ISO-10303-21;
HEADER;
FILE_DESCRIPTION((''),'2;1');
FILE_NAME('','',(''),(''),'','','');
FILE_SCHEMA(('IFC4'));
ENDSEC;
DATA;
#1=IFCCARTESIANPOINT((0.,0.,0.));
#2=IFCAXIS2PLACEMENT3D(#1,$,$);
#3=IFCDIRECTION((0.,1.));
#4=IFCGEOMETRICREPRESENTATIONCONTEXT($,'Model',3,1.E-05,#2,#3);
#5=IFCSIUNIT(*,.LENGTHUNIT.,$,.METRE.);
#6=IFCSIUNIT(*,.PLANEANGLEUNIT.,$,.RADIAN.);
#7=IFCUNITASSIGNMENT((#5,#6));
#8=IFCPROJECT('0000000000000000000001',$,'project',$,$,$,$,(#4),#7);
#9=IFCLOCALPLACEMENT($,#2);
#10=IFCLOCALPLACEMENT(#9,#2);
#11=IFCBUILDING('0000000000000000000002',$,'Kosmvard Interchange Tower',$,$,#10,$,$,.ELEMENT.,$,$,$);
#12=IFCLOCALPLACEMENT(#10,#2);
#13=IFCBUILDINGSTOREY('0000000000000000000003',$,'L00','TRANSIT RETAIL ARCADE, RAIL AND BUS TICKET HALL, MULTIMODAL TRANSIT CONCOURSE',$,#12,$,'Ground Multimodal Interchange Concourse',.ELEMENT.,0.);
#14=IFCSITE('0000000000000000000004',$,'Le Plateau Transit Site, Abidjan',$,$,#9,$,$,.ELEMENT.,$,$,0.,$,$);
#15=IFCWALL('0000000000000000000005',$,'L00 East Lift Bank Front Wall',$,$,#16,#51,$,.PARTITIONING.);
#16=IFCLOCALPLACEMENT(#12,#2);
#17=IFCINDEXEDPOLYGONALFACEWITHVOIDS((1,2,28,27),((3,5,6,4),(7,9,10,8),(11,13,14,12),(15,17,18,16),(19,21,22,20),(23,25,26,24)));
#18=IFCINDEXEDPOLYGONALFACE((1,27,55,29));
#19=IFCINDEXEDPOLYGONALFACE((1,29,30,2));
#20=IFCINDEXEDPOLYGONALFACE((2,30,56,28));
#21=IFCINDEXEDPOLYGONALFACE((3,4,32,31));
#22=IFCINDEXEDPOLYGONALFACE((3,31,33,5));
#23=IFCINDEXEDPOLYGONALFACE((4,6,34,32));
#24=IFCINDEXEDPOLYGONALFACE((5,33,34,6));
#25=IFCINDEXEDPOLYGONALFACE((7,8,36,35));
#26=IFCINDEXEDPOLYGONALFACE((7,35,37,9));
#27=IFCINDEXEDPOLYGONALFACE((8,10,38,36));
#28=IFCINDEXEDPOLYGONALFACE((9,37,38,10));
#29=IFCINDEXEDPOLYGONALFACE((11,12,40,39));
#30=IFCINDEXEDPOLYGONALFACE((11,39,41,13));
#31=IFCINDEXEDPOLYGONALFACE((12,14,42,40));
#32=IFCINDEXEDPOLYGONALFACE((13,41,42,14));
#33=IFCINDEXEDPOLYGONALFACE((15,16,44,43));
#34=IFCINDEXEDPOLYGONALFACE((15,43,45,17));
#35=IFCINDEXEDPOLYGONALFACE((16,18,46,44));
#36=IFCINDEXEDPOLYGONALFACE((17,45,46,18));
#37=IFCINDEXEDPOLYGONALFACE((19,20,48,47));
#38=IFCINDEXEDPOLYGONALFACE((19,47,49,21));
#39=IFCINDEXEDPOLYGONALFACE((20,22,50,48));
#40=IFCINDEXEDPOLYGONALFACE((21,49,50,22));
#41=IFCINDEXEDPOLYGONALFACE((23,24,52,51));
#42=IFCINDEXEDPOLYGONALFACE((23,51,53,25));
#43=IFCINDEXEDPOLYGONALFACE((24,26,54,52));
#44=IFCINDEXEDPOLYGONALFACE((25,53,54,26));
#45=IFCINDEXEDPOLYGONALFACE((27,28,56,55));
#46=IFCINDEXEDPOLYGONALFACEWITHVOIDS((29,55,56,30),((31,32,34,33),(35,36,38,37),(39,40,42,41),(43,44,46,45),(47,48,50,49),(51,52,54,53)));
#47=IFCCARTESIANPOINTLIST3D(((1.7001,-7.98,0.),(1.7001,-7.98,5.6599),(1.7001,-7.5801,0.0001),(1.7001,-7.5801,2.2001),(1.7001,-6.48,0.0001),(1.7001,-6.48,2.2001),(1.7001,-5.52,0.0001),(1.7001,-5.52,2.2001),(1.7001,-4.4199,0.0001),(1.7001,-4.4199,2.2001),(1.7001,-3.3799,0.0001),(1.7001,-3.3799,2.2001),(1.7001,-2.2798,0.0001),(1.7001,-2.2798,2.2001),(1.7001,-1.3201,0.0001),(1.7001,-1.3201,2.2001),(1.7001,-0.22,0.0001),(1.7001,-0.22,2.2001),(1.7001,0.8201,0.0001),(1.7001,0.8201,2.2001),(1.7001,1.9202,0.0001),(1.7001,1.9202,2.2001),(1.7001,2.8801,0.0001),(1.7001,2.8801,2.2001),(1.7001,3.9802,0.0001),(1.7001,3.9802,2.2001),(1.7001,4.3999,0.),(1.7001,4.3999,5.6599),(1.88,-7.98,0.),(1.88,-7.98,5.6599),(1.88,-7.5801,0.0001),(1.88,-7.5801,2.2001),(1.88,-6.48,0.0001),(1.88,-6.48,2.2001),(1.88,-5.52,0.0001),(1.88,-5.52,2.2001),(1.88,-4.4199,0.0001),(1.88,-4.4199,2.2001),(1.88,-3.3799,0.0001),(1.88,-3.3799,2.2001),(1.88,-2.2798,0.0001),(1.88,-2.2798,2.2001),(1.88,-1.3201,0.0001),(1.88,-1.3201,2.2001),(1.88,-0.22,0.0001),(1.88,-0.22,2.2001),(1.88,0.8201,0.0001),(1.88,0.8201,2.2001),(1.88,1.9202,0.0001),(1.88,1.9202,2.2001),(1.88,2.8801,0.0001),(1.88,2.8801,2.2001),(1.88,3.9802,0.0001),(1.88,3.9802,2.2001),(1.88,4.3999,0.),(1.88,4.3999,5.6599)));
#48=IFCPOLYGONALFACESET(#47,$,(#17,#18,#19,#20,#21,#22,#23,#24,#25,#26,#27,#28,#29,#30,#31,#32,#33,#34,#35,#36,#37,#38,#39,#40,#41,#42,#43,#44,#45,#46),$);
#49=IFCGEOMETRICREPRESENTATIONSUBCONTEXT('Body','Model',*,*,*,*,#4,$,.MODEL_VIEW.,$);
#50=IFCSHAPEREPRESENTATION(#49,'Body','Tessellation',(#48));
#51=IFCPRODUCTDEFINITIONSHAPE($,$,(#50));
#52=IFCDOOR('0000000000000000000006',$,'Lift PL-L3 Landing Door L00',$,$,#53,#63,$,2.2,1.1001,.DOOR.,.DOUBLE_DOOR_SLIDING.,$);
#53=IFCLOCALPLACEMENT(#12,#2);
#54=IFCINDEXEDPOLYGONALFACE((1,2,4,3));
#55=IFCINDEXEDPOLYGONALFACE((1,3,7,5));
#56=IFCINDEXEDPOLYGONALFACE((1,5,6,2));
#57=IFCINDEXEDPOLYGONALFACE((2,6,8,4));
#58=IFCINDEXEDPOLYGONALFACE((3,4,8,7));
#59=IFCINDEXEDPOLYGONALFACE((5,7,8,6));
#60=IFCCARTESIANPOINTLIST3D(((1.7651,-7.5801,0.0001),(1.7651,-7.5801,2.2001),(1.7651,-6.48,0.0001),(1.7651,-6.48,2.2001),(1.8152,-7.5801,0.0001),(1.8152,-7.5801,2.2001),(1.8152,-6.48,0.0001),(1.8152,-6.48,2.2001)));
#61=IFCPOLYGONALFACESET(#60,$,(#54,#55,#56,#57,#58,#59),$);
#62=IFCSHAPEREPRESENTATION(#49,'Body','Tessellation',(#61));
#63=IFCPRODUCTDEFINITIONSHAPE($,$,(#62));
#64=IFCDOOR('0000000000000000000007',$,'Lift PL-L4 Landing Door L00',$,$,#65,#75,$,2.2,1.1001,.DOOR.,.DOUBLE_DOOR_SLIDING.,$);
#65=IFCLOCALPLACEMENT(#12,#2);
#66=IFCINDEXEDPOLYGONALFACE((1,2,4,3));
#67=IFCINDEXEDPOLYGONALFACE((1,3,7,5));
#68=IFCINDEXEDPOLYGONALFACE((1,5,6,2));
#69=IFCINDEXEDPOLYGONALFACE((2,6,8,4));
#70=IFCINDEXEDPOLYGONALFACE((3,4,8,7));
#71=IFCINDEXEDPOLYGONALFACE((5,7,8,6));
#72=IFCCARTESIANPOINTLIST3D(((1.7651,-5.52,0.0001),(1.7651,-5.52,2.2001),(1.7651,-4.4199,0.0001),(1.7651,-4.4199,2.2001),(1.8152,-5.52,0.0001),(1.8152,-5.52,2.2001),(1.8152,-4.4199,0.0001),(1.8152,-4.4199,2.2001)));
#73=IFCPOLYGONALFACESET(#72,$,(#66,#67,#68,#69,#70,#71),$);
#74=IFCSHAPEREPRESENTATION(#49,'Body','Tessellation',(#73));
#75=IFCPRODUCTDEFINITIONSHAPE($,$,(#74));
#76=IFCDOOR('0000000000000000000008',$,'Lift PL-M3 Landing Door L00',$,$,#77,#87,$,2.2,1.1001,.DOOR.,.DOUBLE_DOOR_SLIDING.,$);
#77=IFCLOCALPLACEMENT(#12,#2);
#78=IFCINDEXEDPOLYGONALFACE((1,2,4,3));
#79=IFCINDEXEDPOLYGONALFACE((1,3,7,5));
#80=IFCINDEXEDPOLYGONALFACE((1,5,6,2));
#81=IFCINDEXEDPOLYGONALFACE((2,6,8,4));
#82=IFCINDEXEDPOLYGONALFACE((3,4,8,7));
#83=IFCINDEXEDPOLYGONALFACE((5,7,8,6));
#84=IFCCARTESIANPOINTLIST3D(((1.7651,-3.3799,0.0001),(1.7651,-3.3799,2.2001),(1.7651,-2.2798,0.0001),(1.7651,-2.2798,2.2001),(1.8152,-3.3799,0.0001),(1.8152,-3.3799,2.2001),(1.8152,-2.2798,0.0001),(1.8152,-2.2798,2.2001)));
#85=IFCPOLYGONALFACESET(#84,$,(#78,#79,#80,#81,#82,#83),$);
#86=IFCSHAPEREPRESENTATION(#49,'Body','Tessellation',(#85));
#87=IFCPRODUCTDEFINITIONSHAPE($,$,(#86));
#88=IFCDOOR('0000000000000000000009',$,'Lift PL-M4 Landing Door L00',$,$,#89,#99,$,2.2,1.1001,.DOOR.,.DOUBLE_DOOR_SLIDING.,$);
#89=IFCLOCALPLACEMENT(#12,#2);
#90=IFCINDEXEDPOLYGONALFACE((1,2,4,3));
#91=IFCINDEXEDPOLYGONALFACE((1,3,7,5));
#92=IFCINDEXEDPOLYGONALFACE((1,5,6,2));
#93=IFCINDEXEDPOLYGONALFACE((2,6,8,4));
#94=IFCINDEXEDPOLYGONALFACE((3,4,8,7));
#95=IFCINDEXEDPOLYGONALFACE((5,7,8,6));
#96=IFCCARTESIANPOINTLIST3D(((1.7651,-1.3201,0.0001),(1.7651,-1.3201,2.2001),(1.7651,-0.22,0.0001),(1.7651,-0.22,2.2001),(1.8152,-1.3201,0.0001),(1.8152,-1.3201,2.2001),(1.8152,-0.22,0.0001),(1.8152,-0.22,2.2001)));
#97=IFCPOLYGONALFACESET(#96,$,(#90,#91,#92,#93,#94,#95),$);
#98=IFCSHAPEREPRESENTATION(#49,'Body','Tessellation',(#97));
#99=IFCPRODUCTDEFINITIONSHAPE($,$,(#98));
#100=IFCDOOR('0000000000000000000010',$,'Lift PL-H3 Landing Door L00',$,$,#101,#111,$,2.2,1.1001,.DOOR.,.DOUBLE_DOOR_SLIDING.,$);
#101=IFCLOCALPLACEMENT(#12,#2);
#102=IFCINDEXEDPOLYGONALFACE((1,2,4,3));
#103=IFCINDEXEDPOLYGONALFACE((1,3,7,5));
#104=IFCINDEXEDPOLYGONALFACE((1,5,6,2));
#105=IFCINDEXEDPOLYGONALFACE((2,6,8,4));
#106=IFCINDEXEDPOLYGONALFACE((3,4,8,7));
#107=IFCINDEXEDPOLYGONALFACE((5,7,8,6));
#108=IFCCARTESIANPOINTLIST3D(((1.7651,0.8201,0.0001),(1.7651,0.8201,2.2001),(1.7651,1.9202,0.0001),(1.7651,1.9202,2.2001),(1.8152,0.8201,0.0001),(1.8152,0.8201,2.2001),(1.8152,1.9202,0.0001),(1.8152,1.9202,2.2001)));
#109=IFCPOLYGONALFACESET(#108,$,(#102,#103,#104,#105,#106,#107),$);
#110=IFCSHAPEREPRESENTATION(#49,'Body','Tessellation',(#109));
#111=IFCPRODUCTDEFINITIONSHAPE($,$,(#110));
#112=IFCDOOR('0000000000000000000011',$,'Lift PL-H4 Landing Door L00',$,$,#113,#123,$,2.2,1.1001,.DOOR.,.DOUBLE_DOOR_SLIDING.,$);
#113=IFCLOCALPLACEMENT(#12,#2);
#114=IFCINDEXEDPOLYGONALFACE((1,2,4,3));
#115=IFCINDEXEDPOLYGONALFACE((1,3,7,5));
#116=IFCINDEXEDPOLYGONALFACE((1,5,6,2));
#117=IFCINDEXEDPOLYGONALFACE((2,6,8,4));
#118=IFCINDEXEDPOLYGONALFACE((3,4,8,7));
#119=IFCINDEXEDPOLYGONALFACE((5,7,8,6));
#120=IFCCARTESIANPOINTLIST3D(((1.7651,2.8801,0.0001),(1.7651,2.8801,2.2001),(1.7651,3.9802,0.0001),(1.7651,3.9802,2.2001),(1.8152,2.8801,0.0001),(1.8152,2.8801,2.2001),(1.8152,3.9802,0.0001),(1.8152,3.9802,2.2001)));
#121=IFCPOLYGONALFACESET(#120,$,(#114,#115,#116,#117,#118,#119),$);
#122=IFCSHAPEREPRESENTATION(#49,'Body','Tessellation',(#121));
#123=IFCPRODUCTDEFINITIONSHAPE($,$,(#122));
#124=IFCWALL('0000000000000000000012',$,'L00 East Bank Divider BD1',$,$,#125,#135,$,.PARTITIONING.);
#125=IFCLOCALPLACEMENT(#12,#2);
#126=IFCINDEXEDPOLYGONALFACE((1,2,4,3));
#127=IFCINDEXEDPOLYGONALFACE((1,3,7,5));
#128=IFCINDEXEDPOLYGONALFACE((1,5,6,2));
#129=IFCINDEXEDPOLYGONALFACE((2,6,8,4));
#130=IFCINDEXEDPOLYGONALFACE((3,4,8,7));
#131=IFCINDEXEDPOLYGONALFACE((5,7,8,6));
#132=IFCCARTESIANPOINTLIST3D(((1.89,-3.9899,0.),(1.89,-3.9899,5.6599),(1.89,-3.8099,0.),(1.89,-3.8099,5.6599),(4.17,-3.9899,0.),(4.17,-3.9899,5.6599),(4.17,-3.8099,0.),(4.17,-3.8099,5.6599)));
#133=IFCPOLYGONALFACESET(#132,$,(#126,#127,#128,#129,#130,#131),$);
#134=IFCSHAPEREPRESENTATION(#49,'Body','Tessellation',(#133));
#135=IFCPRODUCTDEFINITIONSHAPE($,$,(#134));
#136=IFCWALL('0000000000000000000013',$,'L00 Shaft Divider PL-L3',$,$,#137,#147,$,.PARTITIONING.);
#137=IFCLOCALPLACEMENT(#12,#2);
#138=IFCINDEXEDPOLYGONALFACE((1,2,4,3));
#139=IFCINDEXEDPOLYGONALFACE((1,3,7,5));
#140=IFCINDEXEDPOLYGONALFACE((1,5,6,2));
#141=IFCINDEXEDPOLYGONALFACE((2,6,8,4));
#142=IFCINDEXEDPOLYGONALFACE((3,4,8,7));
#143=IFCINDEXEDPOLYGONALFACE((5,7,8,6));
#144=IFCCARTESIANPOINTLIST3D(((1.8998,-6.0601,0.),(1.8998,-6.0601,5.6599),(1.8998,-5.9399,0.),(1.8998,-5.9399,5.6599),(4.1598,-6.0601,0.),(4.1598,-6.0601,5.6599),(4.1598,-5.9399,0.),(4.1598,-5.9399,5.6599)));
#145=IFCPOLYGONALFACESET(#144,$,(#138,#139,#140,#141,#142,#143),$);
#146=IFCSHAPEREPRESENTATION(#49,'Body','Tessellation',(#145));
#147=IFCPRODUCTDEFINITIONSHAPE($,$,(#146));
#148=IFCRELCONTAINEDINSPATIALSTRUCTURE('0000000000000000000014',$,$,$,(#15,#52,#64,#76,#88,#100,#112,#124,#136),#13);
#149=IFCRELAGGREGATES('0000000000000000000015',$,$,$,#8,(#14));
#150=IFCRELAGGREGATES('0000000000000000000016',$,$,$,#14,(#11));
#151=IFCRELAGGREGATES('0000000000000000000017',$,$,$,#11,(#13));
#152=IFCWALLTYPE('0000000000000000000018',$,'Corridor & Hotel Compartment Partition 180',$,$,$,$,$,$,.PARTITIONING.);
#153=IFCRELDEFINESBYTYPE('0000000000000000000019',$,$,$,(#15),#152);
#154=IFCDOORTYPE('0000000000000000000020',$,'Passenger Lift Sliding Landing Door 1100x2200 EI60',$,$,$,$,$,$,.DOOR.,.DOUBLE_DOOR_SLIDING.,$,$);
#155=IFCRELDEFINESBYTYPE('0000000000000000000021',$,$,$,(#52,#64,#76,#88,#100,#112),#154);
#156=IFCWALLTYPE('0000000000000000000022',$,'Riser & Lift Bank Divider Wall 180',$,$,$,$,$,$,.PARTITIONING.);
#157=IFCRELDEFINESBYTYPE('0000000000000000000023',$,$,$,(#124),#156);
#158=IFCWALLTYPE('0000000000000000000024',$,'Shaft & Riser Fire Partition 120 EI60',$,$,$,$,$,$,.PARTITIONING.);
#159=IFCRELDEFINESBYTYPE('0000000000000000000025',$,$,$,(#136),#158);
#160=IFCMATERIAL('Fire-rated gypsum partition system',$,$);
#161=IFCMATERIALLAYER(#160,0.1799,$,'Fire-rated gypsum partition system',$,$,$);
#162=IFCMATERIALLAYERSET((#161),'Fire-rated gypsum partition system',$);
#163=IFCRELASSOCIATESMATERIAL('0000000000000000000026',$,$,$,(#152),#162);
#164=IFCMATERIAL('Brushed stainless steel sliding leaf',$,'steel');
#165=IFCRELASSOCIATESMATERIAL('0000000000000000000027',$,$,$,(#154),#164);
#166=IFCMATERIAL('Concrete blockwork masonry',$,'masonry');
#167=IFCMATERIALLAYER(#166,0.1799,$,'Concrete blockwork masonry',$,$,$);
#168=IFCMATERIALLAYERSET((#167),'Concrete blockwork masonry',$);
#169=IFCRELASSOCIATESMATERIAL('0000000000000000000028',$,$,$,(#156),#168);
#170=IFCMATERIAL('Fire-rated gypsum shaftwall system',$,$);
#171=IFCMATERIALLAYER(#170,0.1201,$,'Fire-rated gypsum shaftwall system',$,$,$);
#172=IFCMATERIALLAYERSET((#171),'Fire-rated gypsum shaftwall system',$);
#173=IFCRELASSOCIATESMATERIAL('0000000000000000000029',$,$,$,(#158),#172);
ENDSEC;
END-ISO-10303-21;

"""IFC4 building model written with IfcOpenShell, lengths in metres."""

from ifc_helpers import new_model, si_unit, direction, frame, frame_2d, origin, place, context, subcontext, project, spatial, rectangle, extrude, source, transform, mapped, material, layer, layer_set, type_object, element, fill, save


model = new_model("IFC4")

# Units and contexts
model_context = context("Model", 3, precision=1e-05, world=origin(), true_north=direction((0.0, 1.0)))
body_context = subcontext(model_context, "Body", "Model", "MODEL_VIEW")
ifc_project = project(units=[si_unit("LENGTHUNIT", "METRE"), si_unit("PLANEANGLEUNIT", "RADIAN")], contexts=[model_context])

# Site, building, storey
site_placement = place(None, origin())
site = spatial("IfcSite", under=ifc_project, at=site_placement, Name="Le Plateau Transit Site, Abidjan", CompositionType="ELEMENT", RefElevation=0.0)
building_placement = place(site_placement, origin())
building = spatial("IfcBuilding", under=site, at=building_placement, Name="Kosmvard Interchange Tower", CompositionType="ELEMENT")
storey_placement = place(building_placement, origin())
storey = spatial("IfcBuildingStorey", under=building, at=storey_placement, Name="L00", Description="TRANSIT RETAIL ARCADE, RAIL AND BUS TICKET HALL, MULTIMODAL TRANSIT CONCOURSE", LongName="Ground Multimodal Interchange Concourse", CompositionType="ELEMENT", Elevation=0.0)

# Wall, openings, doors
ifc_material_1 = material(Name="Fire-rated gypsum partition system")
ifc_layer_1 = layer(ifc_material_1, 0.1799, Name="Fire-rated gypsum partition system")
ifc_layer_set_1 = layer_set([ifc_layer_1], Name="Fire-rated gypsum partition system")
wall_type_1 = type_object("IfcWallType", Name="Corridor & Hotel Compartment Partition 180", PredefinedType="PARTITIONING", material=ifc_layer_set_1)
wall_1_placement = place(storey_placement, frame((1.79, -7.98, 0.0), z_axis=(0.0, 0.0, 1.0), x_axis=(0.0, 1.0, 0.0)))
wall_1 = element("IfcWall", 1, at=wall_1_placement, inside=storey, type_object=wall_type_1, Name="L00 East Lift Bank Front Wall", PredefinedType="PARTITIONING", context=body_context, shape_type="SweptSolid", body=[
    extrude(rectangle(XDim=12.3799, YDim=0.1799, at=frame_2d((6.1899, 0.0))), origin(), (0.0, 0.0, 1.0), 5.6599),
])
opening_1_placement = place(wall_1_placement, frame((0.3999, 0.0, 0.0)))
opening_1 = element("IfcOpeningElement", 2, at=opening_1_placement, cuts=wall_1, PredefinedType="OPENING", context=body_context, shape_type="SweptSolid", body=[
    extrude(rectangle(XDim=1.1001, YDim=2.2, at=frame_2d((0.55, 1.1001))), frame((0.0, 0.1001, 0.0), z_axis=(0.0, -1.0, 0.0), x_axis=(1.0, 0.0, 0.0)), (0.0, 0.0, 1.0), 0.2),
])
opening_2_placement = place(wall_1_placement, frame((2.46, 0.0, 0.0)))
opening_2 = element("IfcOpeningElement", 3, at=opening_2_placement, cuts=wall_1, PredefinedType="OPENING", context=body_context, shape_type="SweptSolid", body=[
    extrude(rectangle(XDim=1.1001, YDim=2.2, at=frame_2d((0.55, 1.1001))), frame((0.0, 0.1001, 0.0), z_axis=(0.0, -1.0, 0.0), x_axis=(1.0, 0.0, 0.0)), (0.0, 0.0, 1.0), 0.2),
])
opening_3_placement = place(wall_1_placement, frame((4.6001, 0.0, 0.0)))
opening_3 = element("IfcOpeningElement", 4, at=opening_3_placement, cuts=wall_1, PredefinedType="OPENING", context=body_context, shape_type="SweptSolid", body=[
    extrude(rectangle(XDim=1.1001, YDim=2.2, at=frame_2d((0.55, 1.1001))), frame((0.0, 0.1001, 0.0), z_axis=(0.0, -1.0, 0.0), x_axis=(1.0, 0.0, 0.0)), (0.0, 0.0, 1.0), 0.2),
])
opening_4_placement = place(wall_1_placement, frame((6.6599, 0.0, 0.0)))
opening_4 = element("IfcOpeningElement", 5, at=opening_4_placement, cuts=wall_1, PredefinedType="OPENING", context=body_context, shape_type="SweptSolid", body=[
    extrude(rectangle(XDim=1.1001, YDim=2.2, at=frame_2d((0.55, 1.1001))), frame((0.0, 0.1001, 0.0), z_axis=(0.0, -1.0, 0.0), x_axis=(1.0, 0.0, 0.0)), (0.0, 0.0, 1.0), 0.2),
])
opening_5_placement = place(wall_1_placement, frame((8.8, 0.0, 0.0)))
opening_5 = element("IfcOpeningElement", 6, at=opening_5_placement, cuts=wall_1, PredefinedType="OPENING", context=body_context, shape_type="SweptSolid", body=[
    extrude(rectangle(XDim=1.1001, YDim=2.2, at=frame_2d((0.55, 1.1001))), frame((0.0, 0.1001, 0.0), z_axis=(0.0, -1.0, 0.0), x_axis=(1.0, 0.0, 0.0)), (0.0, 0.0, 1.0), 0.2),
])
opening_6_placement = place(wall_1_placement, frame((10.8601, 0.0, 0.0)))
opening_6 = element("IfcOpeningElement", 7, at=opening_6_placement, cuts=wall_1, PredefinedType="OPENING", context=body_context, shape_type="SweptSolid", body=[
    extrude(rectangle(XDim=1.1001, YDim=2.2, at=frame_2d((0.55, 1.1001))), frame((0.0, 0.1001, 0.0), z_axis=(0.0, -1.0, 0.0), x_axis=(1.0, 0.0, 0.0)), (0.0, 0.0, 1.0), 0.2),
])
ifc_material_2 = material(Name="Brushed stainless steel sliding leaf", Category="steel")
door_type = type_object("IfcDoorType", Name="Passenger Lift Sliding Landing Door 1100x2200 EI60", OperationType="DOUBLE_DOOR_SLIDING", PredefinedType="DOOR", material=ifc_material_2)
shared_shape = source(origin(), body_context, "Body", "SweptSolid", [
    extrude(rectangle(XDim=1.1001, YDim=2.2, at=frame_2d((0.55, 1.1001))), frame((0.0, 0.0249, 0.0), z_axis=(0.0, -1.0, 0.0), x_axis=(1.0, 0.0, 0.0)), (0.0, 0.0, 1.0), 0.05),
])
door_1_placement = place(opening_1_placement, origin())
door_1 = element("IfcDoor", 8, at=door_1_placement, inside=storey, type_object=door_type, Name="Lift PL-L3 Landing Door L00", OperationType="DOUBLE_DOOR_SLIDING", OverallHeight=2.2, OverallWidth=1.1001, PredefinedType="DOOR", context=body_context, shape_type="MappedRepresentation", body=[
    mapped(shared_shape, transform((0.0, 0.0, 0.0), scale=1.0)),
])
fill(opening_1, door_1)
door_2_placement = place(opening_2_placement, origin())
door_2 = element("IfcDoor", 9, at=door_2_placement, inside=storey, type_object=door_type, Name="Lift PL-L4 Landing Door L00", OperationType="DOUBLE_DOOR_SLIDING", OverallHeight=2.2, OverallWidth=1.1001, PredefinedType="DOOR", context=body_context, shape_type="MappedRepresentation", body=[
    mapped(shared_shape, transform((0.0, 0.0, 0.0), scale=1.0)),
])
fill(opening_2, door_2)
door_3_placement = place(opening_3_placement, origin())
door_3 = element("IfcDoor", 10, at=door_3_placement, inside=storey, type_object=door_type, Name="Lift PL-M3 Landing Door L00", OperationType="DOUBLE_DOOR_SLIDING", OverallHeight=2.2, OverallWidth=1.1001, PredefinedType="DOOR", context=body_context, shape_type="MappedRepresentation", body=[
    mapped(shared_shape, transform((0.0, 0.0, 0.0), scale=1.0)),
])
fill(opening_3, door_3)
door_4_placement = place(opening_4_placement, origin())
door_4 = element("IfcDoor", 11, at=door_4_placement, inside=storey, type_object=door_type, Name="Lift PL-M4 Landing Door L00", OperationType="DOUBLE_DOOR_SLIDING", OverallHeight=2.2, OverallWidth=1.1001, PredefinedType="DOOR", context=body_context, shape_type="MappedRepresentation", body=[
    mapped(shared_shape, transform((0.0, 0.0, 0.0), scale=1.0)),
])
fill(opening_4, door_4)
door_5_placement = place(opening_5_placement, origin())
door_5 = element("IfcDoor", 12, at=door_5_placement, inside=storey, type_object=door_type, Name="Lift PL-H3 Landing Door L00", OperationType="DOUBLE_DOOR_SLIDING", OverallHeight=2.2, OverallWidth=1.1001, PredefinedType="DOOR", context=body_context, shape_type="MappedRepresentation", body=[
    mapped(shared_shape, transform((0.0, 0.0, 0.0), scale=1.0)),
])
fill(opening_5, door_5)
door_6_placement = place(opening_6_placement, origin())
door_6 = element("IfcDoor", 13, at=door_6_placement, inside=storey, type_object=door_type, Name="Lift PL-H4 Landing Door L00", OperationType="DOUBLE_DOOR_SLIDING", OverallHeight=2.2, OverallWidth=1.1001, PredefinedType="DOOR", context=body_context, shape_type="MappedRepresentation", body=[
    mapped(shared_shape, transform((0.0, 0.0, 0.0), scale=1.0)),
])
fill(opening_6, door_6)

# Walls
ifc_material_3 = material(Name="Concrete blockwork masonry", Category="masonry")
ifc_layer_2 = layer(ifc_material_3, 0.1799, Name="Concrete blockwork masonry")
ifc_layer_set_2 = layer_set([ifc_layer_2], Name="Concrete blockwork masonry")
wall_type_2 = type_object("IfcWallType", Name="Riser & Lift Bank Divider Wall 180", PredefinedType="PARTITIONING", material=ifc_layer_set_2)
wall_2_placement = place(storey_placement, frame((1.8899, -3.8999, 0.0), z_axis=(0.0, 0.0, 1.0), x_axis=(1.0, 0.0, 0.0)))
element("IfcWall", 14, at=wall_2_placement, inside=storey, type_object=wall_type_2, Name="L00 East Bank Divider BD1", PredefinedType="PARTITIONING", context=body_context, shape_type="SweptSolid", body=[
    extrude(rectangle(XDim=2.28, YDim=0.1799, at=frame_2d((1.1401, 0.0))), origin(), (0.0, 0.0, 1.0), 5.6599),
])
ifc_material_4 = material(Name="Fire-rated gypsum shaftwall system")
ifc_layer_3 = layer(ifc_material_4, 0.1201, Name="Fire-rated gypsum shaftwall system")
ifc_layer_set_3 = layer_set([ifc_layer_3], Name="Fire-rated gypsum shaftwall system")
wall_type_3 = type_object("IfcWallType", Name="Shaft & Riser Fire Partition 120 EI60", PredefinedType="PARTITIONING", material=ifc_layer_set_3)
wall_3_placement = place(storey_placement, frame((1.8999, -6.0, 0.0), z_axis=(0.0, 0.0, 1.0), x_axis=(1.0, 0.0, 0.0)))
element("IfcWall", 15, at=wall_3_placement, inside=storey, type_object=wall_type_3, Name="L00 Shaft Divider PL-L3", PredefinedType="PARTITIONING", context=body_context, shape_type="SweptSolid", body=[
    extrude(rectangle(XDim=2.26, YDim=0.1201, at=frame_2d((1.1299, 0.0))), origin(), (0.0, 0.0, 1.0), 5.6599),
])

save(model, "model.ifc")
